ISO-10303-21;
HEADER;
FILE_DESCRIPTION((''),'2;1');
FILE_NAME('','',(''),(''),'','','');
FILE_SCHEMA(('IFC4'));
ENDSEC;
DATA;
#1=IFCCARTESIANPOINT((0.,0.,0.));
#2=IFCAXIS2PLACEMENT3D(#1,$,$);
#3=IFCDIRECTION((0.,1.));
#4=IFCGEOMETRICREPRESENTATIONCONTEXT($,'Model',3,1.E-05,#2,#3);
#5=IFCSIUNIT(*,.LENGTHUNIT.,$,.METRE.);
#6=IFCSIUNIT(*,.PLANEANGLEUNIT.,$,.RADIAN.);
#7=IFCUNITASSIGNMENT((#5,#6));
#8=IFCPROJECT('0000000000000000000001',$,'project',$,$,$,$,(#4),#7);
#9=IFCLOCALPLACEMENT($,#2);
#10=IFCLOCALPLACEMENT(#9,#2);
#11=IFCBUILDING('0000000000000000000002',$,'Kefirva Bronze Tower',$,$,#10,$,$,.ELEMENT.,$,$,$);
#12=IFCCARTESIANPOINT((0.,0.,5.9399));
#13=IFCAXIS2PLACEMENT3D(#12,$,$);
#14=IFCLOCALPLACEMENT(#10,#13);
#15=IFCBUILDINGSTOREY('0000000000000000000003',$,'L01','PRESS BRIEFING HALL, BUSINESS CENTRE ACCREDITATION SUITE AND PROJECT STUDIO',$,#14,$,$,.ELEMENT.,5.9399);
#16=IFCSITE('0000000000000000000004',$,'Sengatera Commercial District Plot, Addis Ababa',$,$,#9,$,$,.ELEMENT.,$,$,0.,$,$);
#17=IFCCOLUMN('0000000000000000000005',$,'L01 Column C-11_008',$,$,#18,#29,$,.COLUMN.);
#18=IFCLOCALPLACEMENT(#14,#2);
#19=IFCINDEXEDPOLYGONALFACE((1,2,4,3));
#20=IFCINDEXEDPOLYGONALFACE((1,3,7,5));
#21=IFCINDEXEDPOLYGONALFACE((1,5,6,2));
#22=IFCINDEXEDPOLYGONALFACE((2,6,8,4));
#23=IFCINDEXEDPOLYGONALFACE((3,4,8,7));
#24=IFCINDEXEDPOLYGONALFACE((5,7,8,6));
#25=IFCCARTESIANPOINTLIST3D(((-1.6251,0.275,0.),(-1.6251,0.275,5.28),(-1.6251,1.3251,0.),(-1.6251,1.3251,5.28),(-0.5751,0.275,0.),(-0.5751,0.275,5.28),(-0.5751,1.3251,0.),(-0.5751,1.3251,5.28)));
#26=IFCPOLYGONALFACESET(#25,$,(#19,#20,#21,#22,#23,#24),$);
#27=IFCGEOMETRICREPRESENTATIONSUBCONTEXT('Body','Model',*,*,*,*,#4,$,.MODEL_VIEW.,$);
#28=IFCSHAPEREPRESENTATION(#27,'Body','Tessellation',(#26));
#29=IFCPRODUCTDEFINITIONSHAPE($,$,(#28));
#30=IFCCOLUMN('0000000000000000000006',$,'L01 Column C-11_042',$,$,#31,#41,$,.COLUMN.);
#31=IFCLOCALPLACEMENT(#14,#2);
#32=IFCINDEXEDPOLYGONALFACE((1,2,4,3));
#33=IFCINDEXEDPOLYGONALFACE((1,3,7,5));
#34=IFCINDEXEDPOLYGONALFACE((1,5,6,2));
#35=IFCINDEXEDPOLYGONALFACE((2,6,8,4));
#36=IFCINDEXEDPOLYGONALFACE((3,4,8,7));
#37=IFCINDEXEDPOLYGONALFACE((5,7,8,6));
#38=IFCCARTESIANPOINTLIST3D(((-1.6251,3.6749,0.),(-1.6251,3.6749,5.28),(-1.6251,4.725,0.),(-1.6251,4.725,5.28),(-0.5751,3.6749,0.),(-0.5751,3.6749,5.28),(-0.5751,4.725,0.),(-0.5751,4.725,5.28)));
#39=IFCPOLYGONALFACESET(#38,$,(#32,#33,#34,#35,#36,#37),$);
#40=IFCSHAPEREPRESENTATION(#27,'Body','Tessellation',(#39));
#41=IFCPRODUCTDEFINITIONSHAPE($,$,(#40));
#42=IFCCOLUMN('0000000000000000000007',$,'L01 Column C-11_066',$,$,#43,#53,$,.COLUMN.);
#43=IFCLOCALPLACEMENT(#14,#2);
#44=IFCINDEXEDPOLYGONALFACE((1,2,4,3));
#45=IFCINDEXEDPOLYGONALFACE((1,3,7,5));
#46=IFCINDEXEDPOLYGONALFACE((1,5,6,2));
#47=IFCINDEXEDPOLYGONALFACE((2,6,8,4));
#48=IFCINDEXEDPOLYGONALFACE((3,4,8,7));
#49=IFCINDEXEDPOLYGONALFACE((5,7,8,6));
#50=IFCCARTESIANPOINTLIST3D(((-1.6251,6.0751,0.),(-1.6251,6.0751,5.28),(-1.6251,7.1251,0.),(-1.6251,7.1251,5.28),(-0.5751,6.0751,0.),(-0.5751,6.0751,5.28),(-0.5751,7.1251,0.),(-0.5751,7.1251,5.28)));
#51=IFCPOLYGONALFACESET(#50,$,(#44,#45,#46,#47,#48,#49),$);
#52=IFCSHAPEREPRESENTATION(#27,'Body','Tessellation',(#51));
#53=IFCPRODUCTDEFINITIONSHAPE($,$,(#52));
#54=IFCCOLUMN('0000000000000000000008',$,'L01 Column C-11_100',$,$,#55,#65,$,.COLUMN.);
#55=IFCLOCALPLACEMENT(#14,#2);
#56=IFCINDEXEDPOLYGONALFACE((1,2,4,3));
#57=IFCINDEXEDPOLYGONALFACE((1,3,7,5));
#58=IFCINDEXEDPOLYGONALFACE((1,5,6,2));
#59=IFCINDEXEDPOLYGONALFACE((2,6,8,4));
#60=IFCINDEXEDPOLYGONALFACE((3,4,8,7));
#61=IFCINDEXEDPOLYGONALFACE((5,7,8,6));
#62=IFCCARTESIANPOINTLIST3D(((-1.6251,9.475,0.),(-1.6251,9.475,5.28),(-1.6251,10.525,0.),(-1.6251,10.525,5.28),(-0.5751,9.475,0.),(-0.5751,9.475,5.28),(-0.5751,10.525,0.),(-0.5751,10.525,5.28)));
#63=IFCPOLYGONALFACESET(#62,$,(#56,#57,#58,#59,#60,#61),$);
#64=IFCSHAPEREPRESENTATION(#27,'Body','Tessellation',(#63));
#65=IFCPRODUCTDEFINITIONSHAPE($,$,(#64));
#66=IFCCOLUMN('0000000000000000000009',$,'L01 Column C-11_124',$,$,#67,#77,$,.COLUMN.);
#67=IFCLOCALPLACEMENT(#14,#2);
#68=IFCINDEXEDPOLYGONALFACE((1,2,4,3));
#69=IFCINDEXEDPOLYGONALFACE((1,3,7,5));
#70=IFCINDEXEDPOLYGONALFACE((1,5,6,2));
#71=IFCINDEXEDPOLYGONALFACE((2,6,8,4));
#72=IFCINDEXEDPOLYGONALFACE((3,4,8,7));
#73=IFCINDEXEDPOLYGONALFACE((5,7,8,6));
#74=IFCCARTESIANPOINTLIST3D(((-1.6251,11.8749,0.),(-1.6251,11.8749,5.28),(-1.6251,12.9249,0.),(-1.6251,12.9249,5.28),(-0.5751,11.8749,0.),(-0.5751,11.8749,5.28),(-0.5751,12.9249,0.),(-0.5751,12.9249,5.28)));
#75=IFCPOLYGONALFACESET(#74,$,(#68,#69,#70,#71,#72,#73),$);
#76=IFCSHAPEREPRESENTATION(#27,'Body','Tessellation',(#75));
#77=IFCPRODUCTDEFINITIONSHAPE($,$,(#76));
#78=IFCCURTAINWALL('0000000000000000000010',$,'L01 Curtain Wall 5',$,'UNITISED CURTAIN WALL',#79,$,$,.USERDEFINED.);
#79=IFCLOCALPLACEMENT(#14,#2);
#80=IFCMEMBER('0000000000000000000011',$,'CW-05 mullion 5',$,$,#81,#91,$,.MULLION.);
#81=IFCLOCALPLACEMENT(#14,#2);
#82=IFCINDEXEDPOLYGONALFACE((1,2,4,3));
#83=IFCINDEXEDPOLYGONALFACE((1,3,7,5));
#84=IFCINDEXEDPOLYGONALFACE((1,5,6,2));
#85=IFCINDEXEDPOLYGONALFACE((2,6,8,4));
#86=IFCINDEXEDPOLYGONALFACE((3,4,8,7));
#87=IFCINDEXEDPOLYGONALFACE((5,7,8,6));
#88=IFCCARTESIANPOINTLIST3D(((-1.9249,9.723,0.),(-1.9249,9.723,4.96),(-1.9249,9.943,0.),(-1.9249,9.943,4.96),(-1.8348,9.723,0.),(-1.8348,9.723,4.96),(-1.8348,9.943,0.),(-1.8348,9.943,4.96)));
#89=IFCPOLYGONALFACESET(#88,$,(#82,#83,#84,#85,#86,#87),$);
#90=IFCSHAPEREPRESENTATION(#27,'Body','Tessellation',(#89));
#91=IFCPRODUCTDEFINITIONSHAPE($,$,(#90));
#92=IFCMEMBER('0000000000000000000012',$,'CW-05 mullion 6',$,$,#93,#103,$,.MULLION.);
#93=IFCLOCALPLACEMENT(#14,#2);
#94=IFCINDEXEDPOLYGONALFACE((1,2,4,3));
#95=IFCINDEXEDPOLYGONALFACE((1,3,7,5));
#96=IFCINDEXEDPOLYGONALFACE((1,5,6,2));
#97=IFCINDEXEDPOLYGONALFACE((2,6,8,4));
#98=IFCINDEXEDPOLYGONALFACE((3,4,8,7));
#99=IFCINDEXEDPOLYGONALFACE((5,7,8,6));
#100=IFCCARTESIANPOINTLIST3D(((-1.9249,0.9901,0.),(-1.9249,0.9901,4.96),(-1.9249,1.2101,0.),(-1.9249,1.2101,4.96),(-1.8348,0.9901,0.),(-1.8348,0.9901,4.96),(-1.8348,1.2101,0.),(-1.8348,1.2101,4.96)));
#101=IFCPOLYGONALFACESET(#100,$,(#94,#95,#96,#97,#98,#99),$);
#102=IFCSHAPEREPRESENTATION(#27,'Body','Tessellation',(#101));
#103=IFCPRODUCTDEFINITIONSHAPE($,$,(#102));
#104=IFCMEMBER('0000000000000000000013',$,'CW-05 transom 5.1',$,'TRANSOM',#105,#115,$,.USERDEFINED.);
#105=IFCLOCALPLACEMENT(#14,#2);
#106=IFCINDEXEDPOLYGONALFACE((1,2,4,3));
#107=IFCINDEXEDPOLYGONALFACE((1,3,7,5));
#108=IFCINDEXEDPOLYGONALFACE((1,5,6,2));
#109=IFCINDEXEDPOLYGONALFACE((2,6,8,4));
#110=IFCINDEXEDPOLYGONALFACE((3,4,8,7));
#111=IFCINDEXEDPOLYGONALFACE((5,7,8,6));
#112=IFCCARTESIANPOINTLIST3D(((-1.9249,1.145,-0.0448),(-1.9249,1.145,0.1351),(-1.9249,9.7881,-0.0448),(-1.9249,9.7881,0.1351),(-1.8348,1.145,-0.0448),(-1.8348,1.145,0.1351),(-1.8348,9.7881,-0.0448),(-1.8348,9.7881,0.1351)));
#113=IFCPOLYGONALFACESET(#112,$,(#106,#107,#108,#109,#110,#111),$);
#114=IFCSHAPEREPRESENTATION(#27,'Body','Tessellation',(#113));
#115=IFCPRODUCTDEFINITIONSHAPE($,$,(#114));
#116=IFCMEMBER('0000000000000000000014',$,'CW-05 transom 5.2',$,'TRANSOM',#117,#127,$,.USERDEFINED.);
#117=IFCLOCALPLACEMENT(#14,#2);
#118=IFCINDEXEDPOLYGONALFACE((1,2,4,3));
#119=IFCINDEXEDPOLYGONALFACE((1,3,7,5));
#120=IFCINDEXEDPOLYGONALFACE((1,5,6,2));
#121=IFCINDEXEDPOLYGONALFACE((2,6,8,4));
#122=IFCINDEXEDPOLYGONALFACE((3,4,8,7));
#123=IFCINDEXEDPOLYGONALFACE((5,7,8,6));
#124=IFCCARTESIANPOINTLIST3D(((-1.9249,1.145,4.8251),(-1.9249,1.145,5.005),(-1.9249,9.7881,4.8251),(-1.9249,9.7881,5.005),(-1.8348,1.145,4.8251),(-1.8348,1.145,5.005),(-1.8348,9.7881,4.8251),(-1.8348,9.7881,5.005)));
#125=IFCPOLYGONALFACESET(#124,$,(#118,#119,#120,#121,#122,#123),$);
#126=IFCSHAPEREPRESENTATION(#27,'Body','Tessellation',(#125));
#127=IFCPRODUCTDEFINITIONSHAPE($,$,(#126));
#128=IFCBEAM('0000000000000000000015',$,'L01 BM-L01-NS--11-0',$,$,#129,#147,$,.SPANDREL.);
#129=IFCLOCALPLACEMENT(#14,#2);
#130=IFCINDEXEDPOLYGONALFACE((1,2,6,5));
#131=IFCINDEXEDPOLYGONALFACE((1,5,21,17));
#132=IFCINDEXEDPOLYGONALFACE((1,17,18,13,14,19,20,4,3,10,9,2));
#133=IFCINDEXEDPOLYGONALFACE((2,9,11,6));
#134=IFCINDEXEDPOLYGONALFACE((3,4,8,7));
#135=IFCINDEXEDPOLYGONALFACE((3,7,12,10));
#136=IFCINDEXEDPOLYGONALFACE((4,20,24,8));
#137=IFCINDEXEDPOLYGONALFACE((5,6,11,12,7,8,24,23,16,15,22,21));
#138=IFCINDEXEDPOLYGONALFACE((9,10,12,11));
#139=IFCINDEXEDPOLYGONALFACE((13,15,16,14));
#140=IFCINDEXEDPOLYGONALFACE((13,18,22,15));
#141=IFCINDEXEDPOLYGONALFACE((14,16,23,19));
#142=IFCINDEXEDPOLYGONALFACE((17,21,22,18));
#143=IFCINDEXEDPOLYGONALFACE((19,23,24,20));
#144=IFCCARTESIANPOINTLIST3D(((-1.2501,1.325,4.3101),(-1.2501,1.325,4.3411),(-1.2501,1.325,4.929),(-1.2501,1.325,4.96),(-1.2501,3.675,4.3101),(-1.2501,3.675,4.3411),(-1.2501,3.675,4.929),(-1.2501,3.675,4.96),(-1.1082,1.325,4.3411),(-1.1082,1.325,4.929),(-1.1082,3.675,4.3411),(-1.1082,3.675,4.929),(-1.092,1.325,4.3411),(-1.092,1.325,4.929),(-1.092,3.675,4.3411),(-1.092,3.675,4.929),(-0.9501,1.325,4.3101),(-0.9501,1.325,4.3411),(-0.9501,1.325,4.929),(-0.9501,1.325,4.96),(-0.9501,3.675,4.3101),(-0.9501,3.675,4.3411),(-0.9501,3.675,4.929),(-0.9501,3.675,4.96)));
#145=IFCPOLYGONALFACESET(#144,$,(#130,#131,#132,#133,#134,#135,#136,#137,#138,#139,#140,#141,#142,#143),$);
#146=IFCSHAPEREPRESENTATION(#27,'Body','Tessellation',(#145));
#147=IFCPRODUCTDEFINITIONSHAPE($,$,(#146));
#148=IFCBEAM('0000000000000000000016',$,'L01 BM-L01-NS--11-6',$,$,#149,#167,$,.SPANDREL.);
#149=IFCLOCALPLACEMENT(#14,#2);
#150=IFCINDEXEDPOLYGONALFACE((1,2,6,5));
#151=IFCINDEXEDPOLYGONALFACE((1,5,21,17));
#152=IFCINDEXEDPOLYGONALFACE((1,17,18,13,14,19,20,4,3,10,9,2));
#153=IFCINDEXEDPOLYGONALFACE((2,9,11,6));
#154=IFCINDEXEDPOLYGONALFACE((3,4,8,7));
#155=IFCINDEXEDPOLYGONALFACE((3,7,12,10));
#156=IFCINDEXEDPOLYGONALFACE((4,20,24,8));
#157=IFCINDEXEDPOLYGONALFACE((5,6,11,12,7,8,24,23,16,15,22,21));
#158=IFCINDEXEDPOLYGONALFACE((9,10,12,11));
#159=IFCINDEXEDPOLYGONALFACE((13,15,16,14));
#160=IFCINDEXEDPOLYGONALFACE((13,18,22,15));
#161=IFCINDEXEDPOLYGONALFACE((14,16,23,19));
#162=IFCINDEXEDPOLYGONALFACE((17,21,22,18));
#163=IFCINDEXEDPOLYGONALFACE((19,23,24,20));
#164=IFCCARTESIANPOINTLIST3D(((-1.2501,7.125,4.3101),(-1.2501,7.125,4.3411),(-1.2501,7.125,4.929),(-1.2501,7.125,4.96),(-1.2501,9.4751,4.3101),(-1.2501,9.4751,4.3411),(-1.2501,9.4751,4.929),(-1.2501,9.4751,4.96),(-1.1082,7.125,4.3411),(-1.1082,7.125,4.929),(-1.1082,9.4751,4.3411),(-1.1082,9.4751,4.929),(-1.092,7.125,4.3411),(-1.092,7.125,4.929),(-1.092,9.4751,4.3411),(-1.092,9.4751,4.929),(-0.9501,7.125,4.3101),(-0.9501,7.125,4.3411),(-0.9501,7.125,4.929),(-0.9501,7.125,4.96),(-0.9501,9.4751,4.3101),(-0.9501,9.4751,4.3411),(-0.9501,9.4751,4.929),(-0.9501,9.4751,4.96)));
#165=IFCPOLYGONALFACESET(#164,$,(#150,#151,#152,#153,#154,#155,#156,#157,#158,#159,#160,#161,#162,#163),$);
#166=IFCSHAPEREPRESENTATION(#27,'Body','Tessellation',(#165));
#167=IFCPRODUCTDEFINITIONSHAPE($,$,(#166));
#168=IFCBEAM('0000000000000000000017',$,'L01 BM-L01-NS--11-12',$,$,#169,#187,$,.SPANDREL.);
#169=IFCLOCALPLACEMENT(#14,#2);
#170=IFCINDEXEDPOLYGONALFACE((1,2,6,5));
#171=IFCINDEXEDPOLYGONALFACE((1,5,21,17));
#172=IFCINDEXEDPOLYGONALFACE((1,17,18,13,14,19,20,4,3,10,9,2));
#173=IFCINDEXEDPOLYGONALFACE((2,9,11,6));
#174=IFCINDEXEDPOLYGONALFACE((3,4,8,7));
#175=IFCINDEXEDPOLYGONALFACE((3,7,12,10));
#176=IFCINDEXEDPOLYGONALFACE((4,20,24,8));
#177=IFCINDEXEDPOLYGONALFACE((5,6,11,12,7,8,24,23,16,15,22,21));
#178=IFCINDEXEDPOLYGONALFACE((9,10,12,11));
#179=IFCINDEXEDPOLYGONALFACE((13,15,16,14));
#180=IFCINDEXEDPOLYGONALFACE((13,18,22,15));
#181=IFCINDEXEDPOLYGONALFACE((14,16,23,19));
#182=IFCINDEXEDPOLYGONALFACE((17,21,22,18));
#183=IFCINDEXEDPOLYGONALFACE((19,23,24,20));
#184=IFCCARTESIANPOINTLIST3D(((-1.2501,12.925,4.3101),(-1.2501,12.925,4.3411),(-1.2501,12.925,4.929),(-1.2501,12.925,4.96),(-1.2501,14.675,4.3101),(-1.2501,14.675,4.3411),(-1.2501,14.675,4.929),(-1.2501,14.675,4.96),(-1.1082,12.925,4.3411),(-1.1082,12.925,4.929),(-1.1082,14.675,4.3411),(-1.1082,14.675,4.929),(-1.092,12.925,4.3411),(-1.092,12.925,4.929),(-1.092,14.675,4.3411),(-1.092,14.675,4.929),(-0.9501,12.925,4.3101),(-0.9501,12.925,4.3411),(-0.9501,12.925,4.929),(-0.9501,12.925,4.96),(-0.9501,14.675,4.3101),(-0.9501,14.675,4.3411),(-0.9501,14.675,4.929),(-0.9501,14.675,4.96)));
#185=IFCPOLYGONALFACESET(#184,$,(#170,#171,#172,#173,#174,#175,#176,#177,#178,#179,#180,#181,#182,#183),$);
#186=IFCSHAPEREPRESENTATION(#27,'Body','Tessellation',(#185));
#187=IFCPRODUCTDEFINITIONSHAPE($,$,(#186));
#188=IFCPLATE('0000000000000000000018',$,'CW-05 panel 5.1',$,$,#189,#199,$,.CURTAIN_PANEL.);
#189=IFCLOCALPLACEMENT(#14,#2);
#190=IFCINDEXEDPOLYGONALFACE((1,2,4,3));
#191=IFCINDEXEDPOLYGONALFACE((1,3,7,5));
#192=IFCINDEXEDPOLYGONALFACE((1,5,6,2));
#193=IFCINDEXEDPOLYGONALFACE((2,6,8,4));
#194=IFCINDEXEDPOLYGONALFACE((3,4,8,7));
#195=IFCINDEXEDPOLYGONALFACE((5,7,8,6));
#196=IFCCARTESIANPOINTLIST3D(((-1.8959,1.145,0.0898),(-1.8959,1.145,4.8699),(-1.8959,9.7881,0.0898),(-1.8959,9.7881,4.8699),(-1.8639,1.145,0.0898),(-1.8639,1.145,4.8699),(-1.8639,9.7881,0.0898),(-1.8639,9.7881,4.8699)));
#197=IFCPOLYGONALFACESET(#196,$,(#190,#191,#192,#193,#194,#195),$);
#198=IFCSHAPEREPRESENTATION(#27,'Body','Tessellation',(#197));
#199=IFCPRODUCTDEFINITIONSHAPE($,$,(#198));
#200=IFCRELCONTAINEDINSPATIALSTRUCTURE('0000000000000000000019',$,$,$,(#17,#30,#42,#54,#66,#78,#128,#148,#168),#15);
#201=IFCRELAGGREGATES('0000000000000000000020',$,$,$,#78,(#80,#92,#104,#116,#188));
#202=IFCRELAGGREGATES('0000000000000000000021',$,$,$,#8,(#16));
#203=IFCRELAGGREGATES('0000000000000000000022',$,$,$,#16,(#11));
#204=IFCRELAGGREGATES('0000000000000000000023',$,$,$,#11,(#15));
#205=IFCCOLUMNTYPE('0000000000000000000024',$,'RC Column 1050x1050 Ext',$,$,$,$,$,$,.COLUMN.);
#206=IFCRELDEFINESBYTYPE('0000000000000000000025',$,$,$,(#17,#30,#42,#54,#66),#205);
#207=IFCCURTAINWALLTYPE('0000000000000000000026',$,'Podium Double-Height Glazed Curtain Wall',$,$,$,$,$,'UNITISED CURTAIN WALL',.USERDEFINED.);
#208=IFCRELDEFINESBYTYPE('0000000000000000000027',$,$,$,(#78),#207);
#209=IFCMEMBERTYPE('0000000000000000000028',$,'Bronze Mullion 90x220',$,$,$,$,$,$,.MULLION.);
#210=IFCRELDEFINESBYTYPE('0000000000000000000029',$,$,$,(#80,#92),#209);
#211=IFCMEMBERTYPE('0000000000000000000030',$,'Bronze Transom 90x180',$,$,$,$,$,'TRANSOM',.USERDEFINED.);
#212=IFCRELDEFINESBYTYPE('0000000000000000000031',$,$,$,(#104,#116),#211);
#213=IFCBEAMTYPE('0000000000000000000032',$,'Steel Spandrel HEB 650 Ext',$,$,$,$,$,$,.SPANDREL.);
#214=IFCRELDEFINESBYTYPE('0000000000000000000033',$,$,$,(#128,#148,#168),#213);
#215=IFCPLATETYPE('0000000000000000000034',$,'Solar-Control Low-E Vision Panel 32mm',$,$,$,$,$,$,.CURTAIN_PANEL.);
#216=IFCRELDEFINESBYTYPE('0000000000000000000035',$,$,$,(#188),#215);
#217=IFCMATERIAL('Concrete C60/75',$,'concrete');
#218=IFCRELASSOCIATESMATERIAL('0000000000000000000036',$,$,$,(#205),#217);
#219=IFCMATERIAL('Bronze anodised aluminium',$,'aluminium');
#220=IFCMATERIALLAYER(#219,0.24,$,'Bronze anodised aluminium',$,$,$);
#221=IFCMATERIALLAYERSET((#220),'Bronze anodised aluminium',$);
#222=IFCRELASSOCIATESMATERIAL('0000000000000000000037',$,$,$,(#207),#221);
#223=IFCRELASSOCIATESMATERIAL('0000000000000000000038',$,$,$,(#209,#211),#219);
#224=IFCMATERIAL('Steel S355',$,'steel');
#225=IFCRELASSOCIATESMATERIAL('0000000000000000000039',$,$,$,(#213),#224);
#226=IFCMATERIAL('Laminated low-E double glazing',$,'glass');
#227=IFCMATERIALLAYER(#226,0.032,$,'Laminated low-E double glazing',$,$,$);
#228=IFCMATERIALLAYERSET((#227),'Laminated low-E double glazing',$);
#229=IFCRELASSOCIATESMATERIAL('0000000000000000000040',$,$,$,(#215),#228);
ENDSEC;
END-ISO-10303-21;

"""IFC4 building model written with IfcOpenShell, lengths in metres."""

from ifc_helpers import new_model, si_unit, direction, frame, origin, origin_2d, place, context, subcontext, project, spatial, rectangle, i_section, extrude, material, layer, layer_set, material_profile, profile_set, type_object, element, aggregate, save


model = new_model("IFC4")

# Units and contexts
model_context = context("Model", 3, precision=1e-05, world=origin(), true_north=direction((0.0, 1.0)))
body_context = subcontext(model_context, "Body", "Model", "MODEL_VIEW")
ifc_project = project(units=[si_unit("LENGTHUNIT", "METRE"), si_unit("PLANEANGLEUNIT", "RADIAN")], contexts=[model_context])

# Site, building, storey
site_placement = place(None, origin())
site = spatial("IfcSite", under=ifc_project, at=site_placement, Name="Sengatera Commercial District Plot, Addis Ababa", CompositionType="ELEMENT", RefElevation=0.0)
building_placement = place(site_placement, origin())
building = spatial("IfcBuilding", under=site, at=building_placement, Name="Kefirva Bronze Tower", CompositionType="ELEMENT")
storey_placement = place(building_placement, frame((0.0, 0.0, 5.9399)))
storey = spatial("IfcBuildingStorey", under=building, at=storey_placement, Name="L01", Description="PRESS BRIEFING HALL, BUSINESS CENTRE ACCREDITATION SUITE AND PROJECT STUDIO", CompositionType="ELEMENT", Elevation=5.9399)

# Columns
ifc_material_1 = material(Name="Concrete C60/75", Category="concrete")
ifc_material_profile_1 = material_profile(ifc_material_1, rectangle(XDim=1.05, YDim=1.05, at=origin_2d()), Name="RC 1050x1050")
ifc_profile_set_1 = profile_set([ifc_material_profile_1], Name="Concrete C60/75")
column_type = type_object("IfcColumnType", Name="RC Column 1050x1050 Ext", PredefinedType="COLUMN", material=ifc_profile_set_1)
for number, where, z_axis, x_axis, name in (
    (1, (-1.1001, 0.8, 0.0), (0.0, 0.0, 1.0), (1.0, 0.0, 0.0), "L01 Column C-11_008"),
    (2, (-1.1001, 4.2, 0.0), (0.0, 0.0, 1.0), (1.0, 0.0, 0.0), "L01 Column C-11_042"),
    (3, (-1.1001, 6.6001, 0.0), (0.0, 0.0, 1.0), (1.0, 0.0, 0.0), "L01 Column C-11_066"),
    (4, (-1.1001, 10.0, 0.0), (0.0, 0.0, 1.0), (1.0, 0.0, 0.0), "L01 Column C-11_100"),
    (5, (-1.1001, 12.3999, 0.0), (0.0, 0.0, 1.0), (1.0, 0.0, 0.0), "L01 Column C-11_124"),
):
    element("IfcColumn", number, at=place(storey_placement, frame(where, z_axis=z_axis, x_axis=x_axis)), inside=storey, type_object=column_type, Name=name, PredefinedType="COLUMN", context=body_context, shape_type="SweptSolid", body=[
        extrude(rectangle(XDim=1.05, YDim=1.05, at=origin_2d()), origin(), (0.0, 0.0, 1.0), 5.28),
    ])

# Curtain wall, members
ifc_material_2 = material(Name="Bronze anodised aluminium", Category="aluminium")
ifc_layer_1 = layer(ifc_material_2, 0.24, Name="Bronze anodised aluminium")
ifc_layer_set_1 = layer_set([ifc_layer_1], Name="Bronze anodised aluminium")
curtain_wall_type = type_object("IfcCurtainWallType", Name="Podium Double-Height Glazed Curtain Wall", ElementType="UNITISED CURTAIN WALL", PredefinedType="USERDEFINED", material=ifc_layer_set_1)
curtain_wall_placement = place(storey_placement, origin())
curtain_wall = element("IfcCurtainWall", 6, at=curtain_wall_placement, inside=storey, type_object=curtain_wall_type, Name="L01 Curtain Wall 5", ObjectType="UNITISED CURTAIN WALL", PredefinedType="USERDEFINED")
ifc_material_profile_2 = material_profile(ifc_material_2, rectangle(XDim=0.0901, YDim=0.22, at=origin_2d()), Name="ALU 90x220")
ifc_profile_set_2 = profile_set([ifc_material_profile_2], Name="Bronze anodised aluminium")
member_type_1 = type_object("IfcMemberType", Name="Bronze Mullion 90x220", PredefinedType="MULLION", material=ifc_profile_set_2)
member_1_placement = place(storey_placement, frame((-1.8799, 9.833, 0.0), z_axis=(0.0, 0.0, 1.0), x_axis=(1.0, 0.0, 0.0)))
member_1 = element("IfcMember", 7, at=member_1_placement, type_object=member_type_1, Name="CW-05 mullion 5", PredefinedType="MULLION", context=body_context, shape_type="SweptSolid", body=[
    extrude(rectangle(XDim=0.0901, YDim=0.22, at=origin_2d()), origin(), (0.0, 0.0, 1.0), 4.96),
])
member_2_placement = place(storey_placement, frame((-1.8799, 1.1001, 0.0), z_axis=(0.0, 0.0, 1.0), x_axis=(1.0, 0.0, 0.0)))
member_2 = element("IfcMember", 8, at=member_2_placement, type_object=member_type_1, Name="CW-05 mullion 6", PredefinedType="MULLION", context=body_context, shape_type="SweptSolid", body=[
    extrude(rectangle(XDim=0.0901, YDim=0.22, at=origin_2d()), origin(), (0.0, 0.0, 1.0), 4.96),
])
ifc_material_profile_3 = material_profile(ifc_material_2, rectangle(XDim=0.0901, YDim=0.1799, at=origin_2d()), Name="ALU 90x180")
ifc_profile_set_3 = profile_set([ifc_material_profile_3], Name="Bronze anodised aluminium")
member_type_2 = type_object("IfcMemberType", Name="Bronze Transom 90x180", ElementType="TRANSOM", PredefinedType="USERDEFINED", material=ifc_profile_set_3)
member_3_placement = place(storey_placement, frame((-1.8799, 9.7881, 0.0452), z_axis=(0.0, -1.0, 0.0), x_axis=(1.0, 0.0, 0.0)))
member_3 = element("IfcMember", 9, at=member_3_placement, type_object=member_type_2, Name="CW-05 transom 5.1", ObjectType="TRANSOM", PredefinedType="USERDEFINED", context=body_context, shape_type="SweptSolid", body=[
    extrude(rectangle(XDim=0.0901, YDim=0.1799, at=origin_2d()), origin(), (0.0, 0.0, 1.0), 8.6431),
])
member_4_placement = place(storey_placement, frame((-1.8799, 9.7881, 4.915), z_axis=(0.0, -1.0, 0.0), x_axis=(1.0, 0.0, 0.0)))
member_4 = element("IfcMember", 10, at=member_4_placement, type_object=member_type_2, Name="CW-05 transom 5.2", ObjectType="TRANSOM", PredefinedType="USERDEFINED", context=body_context, shape_type="SweptSolid", body=[
    extrude(rectangle(XDim=0.0901, YDim=0.1799, at=origin_2d()), origin(), (0.0, 0.0, 1.0), 8.6431),
])

# Beams
ifc_material_3 = material(Name="Steel S355", Category="steel")
ifc_material_profile_4 = material_profile(ifc_material_3, i_section(OverallWidth=0.3, OverallDepth=0.6499, WebThickness=0.0161, FlangeThickness=0.031, at=origin_2d()), Name="HEB 650")
ifc_profile_set_4 = profile_set([ifc_material_profile_4], Name="Steel S355")
beam_type = type_object("IfcBeamType", Name="Steel Spandrel HEB 650 Ext", PredefinedType="SPANDREL", material=ifc_profile_set_4)
for number, where, z_axis, x_axis, name in (
    (11, (-1.1001, 1.325, 4.635), (0.0, 1.0, 0.0), (-1.0, 0.0, 0.0), "L01 BM-L01-NS--11-0"),
    (12, (-1.1001, 7.125, 4.635), (0.0, 1.0, 0.0), (-1.0, 0.0, 0.0), "L01 BM-L01-NS--11-6"),
):
    element("IfcBeam", number, at=place(storey_placement, frame(where, z_axis=z_axis, x_axis=x_axis)), inside=storey, type_object=beam_type, Name=name, PredefinedType="SPANDREL", context=body_context, shape_type="SweptSolid", body=[
        extrude(i_section(OverallWidth=0.3, OverallDepth=0.6499, WebThickness=0.0161, FlangeThickness=0.031, at=origin_2d()), origin(), (0.0, 0.0, 1.0), 2.3501),
    ])
beam_placement = place(storey_placement, frame((-1.1001, 12.925, 4.635), z_axis=(0.0, 1.0, 0.0), x_axis=(-1.0, 0.0, 0.0)))
element("IfcBeam", 13, at=beam_placement, inside=storey, type_object=beam_type, Name="L01 BM-L01-NS--11-12", PredefinedType="SPANDREL", context=body_context, shape_type="SweptSolid", body=[
    extrude(i_section(OverallWidth=0.3, OverallDepth=0.6499, WebThickness=0.0161, FlangeThickness=0.031, at=origin_2d()), origin(), (0.0, 0.0, 1.0), 1.75),
])

# Plate
ifc_material_4 = material(Name="Laminated low-E double glazing", Category="glass")
ifc_layer_2 = layer(ifc_material_4, 0.032, Name="Laminated low-E double glazing")
ifc_layer_set_2 = layer_set([ifc_layer_2], Name="Laminated low-E double glazing")
plate_type = type_object("IfcPlateType", Name="Solar-Control Low-E Vision Panel 32mm", PredefinedType="CURTAIN_PANEL", material=ifc_layer_set_2)
plate_placement = place(storey_placement, frame((-1.8799, 5.4666, 0.0898), z_axis=(0.0, 0.0, 1.0), x_axis=(0.0, -1.0, 0.0)))
plate = element("IfcPlate", 14, at=plate_placement, type_object=plate_type, Name="CW-05 panel 5.1", PredefinedType="CURTAIN_PANEL", context=body_context, shape_type="SweptSolid", body=[
    extrude(rectangle(XDim=8.6431, YDim=0.032, at=origin_2d()), origin(), (0.0, 0.0, 1.0), 4.78),
])
aggregate(curtain_wall, [member_1, member_2, member_3, member_4, plate])

save(model, "model.ifc")
